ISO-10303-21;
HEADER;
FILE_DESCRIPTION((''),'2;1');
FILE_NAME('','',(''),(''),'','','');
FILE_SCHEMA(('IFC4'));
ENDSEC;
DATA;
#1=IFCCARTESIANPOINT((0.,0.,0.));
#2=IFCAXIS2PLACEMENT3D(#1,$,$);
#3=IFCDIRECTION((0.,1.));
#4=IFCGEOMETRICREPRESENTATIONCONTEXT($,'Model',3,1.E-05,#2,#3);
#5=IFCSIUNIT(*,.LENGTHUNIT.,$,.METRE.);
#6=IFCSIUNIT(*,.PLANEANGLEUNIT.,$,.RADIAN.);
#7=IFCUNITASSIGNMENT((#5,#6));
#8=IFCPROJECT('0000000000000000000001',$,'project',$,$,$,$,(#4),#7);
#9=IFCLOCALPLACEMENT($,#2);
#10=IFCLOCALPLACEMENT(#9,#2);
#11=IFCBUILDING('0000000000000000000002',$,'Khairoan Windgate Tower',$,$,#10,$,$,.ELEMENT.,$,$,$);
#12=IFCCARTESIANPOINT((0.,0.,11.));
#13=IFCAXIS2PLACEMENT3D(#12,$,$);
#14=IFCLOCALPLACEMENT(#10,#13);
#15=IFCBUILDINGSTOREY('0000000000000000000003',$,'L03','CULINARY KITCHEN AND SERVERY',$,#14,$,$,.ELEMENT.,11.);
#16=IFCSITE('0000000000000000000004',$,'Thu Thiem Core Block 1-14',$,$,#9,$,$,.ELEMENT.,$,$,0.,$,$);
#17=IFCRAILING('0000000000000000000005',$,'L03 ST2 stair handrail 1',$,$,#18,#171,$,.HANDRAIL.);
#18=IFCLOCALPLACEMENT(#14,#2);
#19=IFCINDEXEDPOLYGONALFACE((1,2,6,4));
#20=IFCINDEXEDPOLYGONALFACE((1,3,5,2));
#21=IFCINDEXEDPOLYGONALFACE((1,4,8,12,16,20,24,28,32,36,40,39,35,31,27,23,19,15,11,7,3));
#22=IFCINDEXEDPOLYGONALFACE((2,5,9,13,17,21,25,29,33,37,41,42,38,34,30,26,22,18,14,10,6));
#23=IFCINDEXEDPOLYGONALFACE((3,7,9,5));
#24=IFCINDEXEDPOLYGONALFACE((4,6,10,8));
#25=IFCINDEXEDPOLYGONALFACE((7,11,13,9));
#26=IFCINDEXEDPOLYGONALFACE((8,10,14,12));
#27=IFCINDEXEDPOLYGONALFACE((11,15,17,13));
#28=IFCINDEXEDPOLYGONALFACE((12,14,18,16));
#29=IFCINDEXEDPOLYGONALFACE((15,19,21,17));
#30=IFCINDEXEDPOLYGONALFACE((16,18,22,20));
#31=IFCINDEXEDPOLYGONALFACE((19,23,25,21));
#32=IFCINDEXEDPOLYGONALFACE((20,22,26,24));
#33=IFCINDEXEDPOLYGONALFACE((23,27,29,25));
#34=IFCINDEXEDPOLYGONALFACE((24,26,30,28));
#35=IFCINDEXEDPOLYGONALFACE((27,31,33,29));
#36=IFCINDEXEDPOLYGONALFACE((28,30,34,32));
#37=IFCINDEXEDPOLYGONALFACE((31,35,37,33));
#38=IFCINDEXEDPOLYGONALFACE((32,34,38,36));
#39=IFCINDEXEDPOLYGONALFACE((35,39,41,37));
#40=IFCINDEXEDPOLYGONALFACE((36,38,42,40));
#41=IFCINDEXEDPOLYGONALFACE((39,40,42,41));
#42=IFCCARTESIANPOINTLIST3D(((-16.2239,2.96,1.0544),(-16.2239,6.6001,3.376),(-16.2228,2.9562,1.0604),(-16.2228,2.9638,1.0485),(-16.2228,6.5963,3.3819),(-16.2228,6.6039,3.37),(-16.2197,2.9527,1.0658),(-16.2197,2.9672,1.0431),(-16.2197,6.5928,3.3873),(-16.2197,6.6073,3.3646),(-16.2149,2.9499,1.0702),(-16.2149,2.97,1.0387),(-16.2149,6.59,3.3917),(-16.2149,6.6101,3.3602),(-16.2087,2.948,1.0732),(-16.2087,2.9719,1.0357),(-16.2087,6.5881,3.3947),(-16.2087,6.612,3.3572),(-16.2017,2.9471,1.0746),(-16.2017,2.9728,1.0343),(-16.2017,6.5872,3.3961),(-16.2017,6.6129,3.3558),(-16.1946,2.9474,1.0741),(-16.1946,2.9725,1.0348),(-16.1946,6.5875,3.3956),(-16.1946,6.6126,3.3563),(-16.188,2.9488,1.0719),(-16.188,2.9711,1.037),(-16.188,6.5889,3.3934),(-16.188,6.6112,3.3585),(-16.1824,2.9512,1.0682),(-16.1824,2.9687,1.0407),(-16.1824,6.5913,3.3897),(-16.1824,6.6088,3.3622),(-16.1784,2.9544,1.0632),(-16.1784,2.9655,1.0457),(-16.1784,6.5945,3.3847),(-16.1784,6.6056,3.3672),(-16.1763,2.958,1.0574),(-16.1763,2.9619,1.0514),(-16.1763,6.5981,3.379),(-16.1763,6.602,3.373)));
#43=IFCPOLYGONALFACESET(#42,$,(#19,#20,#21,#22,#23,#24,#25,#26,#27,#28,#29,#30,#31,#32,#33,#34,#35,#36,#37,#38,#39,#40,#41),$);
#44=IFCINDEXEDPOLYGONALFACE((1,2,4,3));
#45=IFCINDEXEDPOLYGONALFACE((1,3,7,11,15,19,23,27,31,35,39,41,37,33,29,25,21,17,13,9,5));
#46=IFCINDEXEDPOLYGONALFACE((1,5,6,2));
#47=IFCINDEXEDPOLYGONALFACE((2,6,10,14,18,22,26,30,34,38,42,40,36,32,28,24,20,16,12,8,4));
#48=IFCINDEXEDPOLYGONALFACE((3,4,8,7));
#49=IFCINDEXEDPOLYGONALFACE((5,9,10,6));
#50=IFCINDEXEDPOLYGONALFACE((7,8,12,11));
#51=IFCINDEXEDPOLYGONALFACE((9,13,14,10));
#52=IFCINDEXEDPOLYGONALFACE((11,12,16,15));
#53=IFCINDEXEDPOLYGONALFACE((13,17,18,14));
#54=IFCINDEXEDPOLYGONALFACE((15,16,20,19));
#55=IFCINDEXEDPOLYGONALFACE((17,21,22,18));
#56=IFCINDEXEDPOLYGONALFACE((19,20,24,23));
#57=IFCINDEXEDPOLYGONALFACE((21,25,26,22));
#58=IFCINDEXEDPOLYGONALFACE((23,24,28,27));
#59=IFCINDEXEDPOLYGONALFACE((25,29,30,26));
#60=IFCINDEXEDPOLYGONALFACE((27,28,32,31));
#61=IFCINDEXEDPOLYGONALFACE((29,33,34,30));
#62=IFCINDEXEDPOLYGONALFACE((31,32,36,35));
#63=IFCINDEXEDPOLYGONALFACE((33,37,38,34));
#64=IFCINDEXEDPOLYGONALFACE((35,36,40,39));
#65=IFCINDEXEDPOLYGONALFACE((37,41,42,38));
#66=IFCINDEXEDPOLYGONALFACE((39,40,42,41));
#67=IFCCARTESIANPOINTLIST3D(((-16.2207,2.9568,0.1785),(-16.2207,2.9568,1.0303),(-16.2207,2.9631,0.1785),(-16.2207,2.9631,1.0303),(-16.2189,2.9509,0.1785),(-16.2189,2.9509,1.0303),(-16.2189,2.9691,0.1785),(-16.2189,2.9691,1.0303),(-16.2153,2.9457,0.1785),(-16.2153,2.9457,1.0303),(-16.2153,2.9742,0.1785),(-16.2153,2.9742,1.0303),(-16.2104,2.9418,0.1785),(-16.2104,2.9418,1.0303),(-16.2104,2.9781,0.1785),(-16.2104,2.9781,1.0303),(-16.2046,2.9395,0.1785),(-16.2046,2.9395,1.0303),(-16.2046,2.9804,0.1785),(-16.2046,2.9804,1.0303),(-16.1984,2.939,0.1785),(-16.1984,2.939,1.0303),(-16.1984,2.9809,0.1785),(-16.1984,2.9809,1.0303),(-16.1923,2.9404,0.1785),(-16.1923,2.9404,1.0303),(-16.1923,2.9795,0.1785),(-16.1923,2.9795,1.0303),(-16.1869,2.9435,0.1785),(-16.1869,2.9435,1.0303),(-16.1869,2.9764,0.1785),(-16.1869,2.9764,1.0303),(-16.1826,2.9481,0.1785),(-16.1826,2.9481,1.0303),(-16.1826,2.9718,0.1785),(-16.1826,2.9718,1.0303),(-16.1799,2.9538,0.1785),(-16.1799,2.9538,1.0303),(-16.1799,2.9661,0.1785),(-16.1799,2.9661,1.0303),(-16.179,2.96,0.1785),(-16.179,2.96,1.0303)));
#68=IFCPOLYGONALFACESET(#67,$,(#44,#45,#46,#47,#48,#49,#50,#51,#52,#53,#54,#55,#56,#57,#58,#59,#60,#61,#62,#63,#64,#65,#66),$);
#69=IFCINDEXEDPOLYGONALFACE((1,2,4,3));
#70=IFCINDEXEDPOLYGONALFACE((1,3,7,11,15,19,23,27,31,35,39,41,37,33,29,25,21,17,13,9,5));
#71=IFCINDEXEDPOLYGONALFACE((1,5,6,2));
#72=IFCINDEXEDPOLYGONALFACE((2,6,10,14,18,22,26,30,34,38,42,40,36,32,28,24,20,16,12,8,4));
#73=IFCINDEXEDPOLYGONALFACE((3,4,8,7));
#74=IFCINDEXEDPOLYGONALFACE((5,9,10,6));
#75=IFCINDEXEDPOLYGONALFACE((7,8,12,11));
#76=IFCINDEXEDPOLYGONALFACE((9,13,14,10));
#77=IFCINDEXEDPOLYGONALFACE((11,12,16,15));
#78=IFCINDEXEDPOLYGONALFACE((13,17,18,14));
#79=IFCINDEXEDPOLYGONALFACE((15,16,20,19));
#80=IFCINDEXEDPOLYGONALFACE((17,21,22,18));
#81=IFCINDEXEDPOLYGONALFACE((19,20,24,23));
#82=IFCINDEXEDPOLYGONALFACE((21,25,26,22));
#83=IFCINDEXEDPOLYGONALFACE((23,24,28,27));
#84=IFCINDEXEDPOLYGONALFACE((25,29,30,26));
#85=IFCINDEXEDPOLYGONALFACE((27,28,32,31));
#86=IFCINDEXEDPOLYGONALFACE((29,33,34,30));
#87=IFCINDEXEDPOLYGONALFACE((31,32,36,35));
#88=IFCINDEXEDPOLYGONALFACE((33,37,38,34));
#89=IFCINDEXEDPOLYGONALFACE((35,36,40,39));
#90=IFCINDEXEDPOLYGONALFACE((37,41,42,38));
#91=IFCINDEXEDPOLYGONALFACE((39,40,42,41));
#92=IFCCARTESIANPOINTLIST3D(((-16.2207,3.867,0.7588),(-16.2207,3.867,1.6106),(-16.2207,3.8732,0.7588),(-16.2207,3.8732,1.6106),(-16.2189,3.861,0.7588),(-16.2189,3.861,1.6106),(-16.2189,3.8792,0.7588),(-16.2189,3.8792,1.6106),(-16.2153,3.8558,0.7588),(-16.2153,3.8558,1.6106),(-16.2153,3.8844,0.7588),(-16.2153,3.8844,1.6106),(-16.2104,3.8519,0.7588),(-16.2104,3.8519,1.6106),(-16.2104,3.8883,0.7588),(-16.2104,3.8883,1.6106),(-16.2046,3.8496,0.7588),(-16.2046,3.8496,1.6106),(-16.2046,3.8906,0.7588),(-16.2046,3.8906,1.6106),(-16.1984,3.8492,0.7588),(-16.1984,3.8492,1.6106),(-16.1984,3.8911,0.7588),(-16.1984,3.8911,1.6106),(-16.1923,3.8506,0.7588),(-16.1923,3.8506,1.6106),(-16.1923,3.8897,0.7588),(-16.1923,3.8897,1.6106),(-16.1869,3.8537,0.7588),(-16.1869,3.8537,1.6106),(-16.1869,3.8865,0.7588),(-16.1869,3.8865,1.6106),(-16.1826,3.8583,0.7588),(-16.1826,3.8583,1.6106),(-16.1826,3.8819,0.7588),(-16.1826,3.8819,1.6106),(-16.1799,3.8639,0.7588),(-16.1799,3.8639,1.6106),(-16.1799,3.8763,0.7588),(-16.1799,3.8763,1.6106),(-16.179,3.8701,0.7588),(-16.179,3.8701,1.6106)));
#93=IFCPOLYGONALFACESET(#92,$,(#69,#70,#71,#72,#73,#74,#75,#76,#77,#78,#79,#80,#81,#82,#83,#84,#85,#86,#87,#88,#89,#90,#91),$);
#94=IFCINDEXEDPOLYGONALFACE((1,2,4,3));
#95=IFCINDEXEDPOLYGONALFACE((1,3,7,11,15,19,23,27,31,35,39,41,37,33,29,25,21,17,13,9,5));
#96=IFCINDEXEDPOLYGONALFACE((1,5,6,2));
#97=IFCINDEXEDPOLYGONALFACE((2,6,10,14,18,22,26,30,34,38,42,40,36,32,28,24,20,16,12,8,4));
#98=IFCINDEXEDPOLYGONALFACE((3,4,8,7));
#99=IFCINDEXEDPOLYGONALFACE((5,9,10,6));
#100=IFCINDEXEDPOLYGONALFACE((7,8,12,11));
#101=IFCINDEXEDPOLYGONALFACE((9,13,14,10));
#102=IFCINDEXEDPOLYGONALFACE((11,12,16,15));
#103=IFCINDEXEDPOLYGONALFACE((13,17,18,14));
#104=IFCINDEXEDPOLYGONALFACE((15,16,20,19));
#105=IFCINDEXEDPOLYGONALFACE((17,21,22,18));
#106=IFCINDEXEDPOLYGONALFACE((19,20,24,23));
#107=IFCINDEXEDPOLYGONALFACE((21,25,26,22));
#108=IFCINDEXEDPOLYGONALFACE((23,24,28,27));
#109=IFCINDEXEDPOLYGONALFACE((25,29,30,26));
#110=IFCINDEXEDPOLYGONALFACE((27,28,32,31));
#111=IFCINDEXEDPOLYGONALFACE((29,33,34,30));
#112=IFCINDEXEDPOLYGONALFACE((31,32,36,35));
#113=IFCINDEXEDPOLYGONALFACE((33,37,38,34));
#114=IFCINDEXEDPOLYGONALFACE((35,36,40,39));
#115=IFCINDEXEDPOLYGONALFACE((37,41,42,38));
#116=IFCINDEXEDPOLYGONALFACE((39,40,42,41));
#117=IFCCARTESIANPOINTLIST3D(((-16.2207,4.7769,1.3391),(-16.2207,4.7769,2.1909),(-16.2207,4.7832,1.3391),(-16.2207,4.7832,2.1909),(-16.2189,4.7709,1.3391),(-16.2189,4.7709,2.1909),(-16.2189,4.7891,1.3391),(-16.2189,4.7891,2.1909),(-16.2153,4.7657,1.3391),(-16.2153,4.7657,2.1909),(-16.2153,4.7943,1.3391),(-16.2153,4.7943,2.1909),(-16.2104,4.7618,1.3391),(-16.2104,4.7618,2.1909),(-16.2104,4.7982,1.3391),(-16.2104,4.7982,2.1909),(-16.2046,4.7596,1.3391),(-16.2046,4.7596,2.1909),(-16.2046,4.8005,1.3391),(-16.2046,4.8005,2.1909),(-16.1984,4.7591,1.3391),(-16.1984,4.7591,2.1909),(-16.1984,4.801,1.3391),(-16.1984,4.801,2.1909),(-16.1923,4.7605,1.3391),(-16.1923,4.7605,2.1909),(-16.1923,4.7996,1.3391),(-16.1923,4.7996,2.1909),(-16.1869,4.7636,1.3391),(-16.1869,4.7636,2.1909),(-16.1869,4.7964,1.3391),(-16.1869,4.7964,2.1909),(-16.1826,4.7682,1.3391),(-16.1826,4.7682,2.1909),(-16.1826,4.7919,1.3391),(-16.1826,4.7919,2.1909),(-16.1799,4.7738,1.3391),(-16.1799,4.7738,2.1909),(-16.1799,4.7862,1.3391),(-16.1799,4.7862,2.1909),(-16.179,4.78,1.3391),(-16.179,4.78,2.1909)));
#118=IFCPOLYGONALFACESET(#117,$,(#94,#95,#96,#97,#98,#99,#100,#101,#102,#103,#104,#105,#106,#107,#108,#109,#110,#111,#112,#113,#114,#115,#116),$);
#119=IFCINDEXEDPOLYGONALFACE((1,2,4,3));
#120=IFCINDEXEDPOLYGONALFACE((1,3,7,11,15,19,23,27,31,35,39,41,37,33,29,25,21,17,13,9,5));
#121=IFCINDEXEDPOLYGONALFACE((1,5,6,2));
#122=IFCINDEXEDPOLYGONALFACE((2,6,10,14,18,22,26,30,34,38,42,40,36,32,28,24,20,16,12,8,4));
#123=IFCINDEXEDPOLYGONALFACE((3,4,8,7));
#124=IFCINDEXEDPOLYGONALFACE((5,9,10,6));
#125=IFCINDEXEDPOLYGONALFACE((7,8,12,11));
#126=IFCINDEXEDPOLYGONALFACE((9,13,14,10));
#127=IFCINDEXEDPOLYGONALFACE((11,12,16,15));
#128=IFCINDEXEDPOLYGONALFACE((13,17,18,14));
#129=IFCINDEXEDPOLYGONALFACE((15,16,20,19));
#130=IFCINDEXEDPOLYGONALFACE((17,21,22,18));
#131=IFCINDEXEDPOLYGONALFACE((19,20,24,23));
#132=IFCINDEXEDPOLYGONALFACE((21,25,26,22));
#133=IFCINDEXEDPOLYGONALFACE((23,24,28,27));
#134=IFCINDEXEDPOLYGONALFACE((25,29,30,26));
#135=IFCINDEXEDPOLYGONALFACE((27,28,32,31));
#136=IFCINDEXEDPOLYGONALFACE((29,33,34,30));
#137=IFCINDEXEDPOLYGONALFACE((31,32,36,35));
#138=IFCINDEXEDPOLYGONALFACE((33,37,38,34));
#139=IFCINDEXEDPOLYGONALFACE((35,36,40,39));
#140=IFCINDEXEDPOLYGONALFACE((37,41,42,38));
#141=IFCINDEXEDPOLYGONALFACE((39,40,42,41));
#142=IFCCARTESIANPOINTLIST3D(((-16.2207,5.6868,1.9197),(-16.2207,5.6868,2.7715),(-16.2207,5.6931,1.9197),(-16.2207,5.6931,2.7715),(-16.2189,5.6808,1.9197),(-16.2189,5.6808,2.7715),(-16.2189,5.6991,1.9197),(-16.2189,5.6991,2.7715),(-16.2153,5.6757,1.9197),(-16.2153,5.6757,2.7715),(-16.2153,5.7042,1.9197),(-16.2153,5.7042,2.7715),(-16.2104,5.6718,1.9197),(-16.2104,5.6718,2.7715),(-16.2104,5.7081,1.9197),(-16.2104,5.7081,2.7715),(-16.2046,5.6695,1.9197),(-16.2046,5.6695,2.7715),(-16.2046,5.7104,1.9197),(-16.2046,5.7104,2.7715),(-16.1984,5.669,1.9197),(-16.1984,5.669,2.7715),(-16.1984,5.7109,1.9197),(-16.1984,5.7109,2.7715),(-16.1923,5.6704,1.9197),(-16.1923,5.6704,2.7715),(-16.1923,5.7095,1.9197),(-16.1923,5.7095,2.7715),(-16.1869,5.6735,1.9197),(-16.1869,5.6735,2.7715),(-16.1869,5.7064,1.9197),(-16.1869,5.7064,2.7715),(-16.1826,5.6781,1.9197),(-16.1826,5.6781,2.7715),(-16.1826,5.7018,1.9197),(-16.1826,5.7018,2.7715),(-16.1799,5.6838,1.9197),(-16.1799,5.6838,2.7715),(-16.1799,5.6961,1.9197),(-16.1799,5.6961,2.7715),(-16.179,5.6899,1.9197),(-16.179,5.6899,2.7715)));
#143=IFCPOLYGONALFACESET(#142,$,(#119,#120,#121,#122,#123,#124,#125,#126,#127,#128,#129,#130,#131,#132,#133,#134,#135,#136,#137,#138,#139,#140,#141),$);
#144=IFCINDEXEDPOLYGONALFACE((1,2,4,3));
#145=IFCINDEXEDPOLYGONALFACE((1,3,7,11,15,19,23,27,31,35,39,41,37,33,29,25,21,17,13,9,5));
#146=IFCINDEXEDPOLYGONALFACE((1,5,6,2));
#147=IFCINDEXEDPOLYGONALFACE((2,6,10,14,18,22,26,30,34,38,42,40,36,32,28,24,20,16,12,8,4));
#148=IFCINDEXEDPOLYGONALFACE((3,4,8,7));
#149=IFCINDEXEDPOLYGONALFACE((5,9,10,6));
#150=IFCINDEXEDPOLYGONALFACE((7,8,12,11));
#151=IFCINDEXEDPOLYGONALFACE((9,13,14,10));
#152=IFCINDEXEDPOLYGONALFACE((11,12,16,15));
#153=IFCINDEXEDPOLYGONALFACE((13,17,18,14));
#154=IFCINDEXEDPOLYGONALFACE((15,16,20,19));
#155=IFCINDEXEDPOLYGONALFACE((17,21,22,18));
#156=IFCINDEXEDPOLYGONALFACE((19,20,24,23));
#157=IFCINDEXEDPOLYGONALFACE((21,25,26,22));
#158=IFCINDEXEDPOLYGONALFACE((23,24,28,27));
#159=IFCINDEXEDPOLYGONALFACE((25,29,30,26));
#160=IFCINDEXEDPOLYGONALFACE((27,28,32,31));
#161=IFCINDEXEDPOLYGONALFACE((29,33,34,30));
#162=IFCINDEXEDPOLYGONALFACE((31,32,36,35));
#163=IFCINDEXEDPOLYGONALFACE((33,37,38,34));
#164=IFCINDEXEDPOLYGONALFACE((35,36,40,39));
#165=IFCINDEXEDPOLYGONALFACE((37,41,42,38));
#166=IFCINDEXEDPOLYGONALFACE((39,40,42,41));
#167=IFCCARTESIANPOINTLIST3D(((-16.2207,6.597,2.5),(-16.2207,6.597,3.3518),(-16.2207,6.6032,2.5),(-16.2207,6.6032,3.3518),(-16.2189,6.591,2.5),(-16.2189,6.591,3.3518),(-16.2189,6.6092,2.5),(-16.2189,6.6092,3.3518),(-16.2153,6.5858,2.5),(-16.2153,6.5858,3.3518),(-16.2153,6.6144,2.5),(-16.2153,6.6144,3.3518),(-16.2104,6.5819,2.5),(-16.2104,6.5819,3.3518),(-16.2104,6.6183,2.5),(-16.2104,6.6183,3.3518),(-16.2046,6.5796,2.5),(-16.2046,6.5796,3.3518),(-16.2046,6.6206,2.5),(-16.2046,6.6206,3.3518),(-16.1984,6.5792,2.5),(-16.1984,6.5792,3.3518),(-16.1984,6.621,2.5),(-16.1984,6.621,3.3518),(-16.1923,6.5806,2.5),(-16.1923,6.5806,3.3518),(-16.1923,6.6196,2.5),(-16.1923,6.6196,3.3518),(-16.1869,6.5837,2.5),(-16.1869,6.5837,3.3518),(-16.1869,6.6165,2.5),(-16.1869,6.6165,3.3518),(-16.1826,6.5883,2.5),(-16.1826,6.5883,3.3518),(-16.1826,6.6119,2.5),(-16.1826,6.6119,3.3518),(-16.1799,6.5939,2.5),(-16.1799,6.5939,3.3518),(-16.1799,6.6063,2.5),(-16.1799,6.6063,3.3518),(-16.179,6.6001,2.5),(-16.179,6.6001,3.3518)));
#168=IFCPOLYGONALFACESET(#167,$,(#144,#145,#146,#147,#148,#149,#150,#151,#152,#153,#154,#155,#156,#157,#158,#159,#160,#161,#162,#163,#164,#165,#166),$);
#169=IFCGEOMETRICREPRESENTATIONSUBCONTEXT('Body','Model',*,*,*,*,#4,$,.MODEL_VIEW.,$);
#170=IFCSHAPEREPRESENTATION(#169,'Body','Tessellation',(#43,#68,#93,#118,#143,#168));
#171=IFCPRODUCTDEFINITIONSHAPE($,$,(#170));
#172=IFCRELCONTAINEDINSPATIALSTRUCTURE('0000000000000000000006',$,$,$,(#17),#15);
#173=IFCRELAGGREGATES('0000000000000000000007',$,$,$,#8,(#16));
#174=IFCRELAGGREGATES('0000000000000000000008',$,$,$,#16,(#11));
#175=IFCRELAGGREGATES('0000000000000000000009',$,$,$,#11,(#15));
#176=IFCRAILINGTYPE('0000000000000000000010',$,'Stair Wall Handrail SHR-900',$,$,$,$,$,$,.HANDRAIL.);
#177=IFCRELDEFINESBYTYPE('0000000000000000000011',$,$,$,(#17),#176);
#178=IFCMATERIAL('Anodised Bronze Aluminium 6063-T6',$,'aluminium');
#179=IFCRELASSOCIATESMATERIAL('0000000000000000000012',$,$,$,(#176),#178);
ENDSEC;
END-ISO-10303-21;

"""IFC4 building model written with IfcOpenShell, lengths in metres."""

from ifc_helpers import new_model, si_unit, direction, frame, origin, origin_2d, place, context, subcontext, project, spatial, circle, extrude, material, type_object, element, save


model = new_model("IFC4")

# Units and contexts
model_context = context("Model", 3, precision=1e-05, world=origin(), true_north=direction((0.0, 1.0)))
body_context = subcontext(model_context, "Body", "Model", "MODEL_VIEW")
ifc_project = project(units=[si_unit("LENGTHUNIT", "METRE"), si_unit("PLANEANGLEUNIT", "RADIAN")], contexts=[model_context])

# Site, building, storey
site_placement = place(None, origin())
site = spatial("IfcSite", under=ifc_project, at=site_placement, Name="Thu Thiem Core Block 1-14", CompositionType="ELEMENT", RefElevation=0.0)
building_placement = place(site_placement, origin())
building = spatial("IfcBuilding", under=site, at=building_placement, Name="Khairoan Windgate Tower", CompositionType="ELEMENT")
storey_placement = place(building_placement, frame((0.0, 0.0, 11.0)))
storey = spatial("IfcBuildingStorey", under=building, at=storey_placement, Name="L03", Description="CULINARY KITCHEN AND SERVERY", CompositionType="ELEMENT", Elevation=11.0)

# Railing
ifc_material_1 = material(Name="Anodised Bronze Aluminium 6063-T6", Category="aluminium")
railing_type_1 = type_object("IfcRailingType", Name="Stair Wall Handrail SHR-900", PredefinedType="HANDRAIL", material=ifc_material_1)
railing_1_placement = place(storey_placement, frame((-16.2, 2.96, 0.1785)))
element("IfcRailing", 1, at=railing_1_placement, inside=storey, type_object=railing_type_1, Name="L03 ST2 stair handrail 1", PredefinedType="HANDRAIL", context=body_context, shape_type="SweptSolid", body=[
    extrude(circle(Radius=0.0239, at=origin_2d()), frame((0.0, 0.0, 0.876), z_axis=(0.0, 0.843128, 0.537713), x_axis=(-1.0, 0.0, 0.0)), (0.0, 0.0, 1.0), 4.3174),
    extrude(circle(Radius=0.021, at=origin_2d()), origin(), (0.0, 0.0, 1.0), 0.8518),
    extrude(circle(Radius=0.021, at=origin_2d()), frame((0.0, 0.9102, 0.5803)), (0.0, 0.0, 1.0), 0.8518),
    extrude(circle(Radius=0.021, at=origin_2d()), frame((0.0, 1.8201, 1.1606)), (0.0, 0.0, 1.0), 0.8518),
    extrude(circle(Radius=0.021, at=origin_2d()), frame((0.0, 2.73, 1.7412)), (0.0, 0.0, 1.0), 0.8518),
    extrude(circle(Radius=0.021, at=origin_2d()), frame((0.0, 3.6401, 2.3215)), (0.0, 0.0, 1.0), 0.8518),
])

save(model, "model.ifc")
